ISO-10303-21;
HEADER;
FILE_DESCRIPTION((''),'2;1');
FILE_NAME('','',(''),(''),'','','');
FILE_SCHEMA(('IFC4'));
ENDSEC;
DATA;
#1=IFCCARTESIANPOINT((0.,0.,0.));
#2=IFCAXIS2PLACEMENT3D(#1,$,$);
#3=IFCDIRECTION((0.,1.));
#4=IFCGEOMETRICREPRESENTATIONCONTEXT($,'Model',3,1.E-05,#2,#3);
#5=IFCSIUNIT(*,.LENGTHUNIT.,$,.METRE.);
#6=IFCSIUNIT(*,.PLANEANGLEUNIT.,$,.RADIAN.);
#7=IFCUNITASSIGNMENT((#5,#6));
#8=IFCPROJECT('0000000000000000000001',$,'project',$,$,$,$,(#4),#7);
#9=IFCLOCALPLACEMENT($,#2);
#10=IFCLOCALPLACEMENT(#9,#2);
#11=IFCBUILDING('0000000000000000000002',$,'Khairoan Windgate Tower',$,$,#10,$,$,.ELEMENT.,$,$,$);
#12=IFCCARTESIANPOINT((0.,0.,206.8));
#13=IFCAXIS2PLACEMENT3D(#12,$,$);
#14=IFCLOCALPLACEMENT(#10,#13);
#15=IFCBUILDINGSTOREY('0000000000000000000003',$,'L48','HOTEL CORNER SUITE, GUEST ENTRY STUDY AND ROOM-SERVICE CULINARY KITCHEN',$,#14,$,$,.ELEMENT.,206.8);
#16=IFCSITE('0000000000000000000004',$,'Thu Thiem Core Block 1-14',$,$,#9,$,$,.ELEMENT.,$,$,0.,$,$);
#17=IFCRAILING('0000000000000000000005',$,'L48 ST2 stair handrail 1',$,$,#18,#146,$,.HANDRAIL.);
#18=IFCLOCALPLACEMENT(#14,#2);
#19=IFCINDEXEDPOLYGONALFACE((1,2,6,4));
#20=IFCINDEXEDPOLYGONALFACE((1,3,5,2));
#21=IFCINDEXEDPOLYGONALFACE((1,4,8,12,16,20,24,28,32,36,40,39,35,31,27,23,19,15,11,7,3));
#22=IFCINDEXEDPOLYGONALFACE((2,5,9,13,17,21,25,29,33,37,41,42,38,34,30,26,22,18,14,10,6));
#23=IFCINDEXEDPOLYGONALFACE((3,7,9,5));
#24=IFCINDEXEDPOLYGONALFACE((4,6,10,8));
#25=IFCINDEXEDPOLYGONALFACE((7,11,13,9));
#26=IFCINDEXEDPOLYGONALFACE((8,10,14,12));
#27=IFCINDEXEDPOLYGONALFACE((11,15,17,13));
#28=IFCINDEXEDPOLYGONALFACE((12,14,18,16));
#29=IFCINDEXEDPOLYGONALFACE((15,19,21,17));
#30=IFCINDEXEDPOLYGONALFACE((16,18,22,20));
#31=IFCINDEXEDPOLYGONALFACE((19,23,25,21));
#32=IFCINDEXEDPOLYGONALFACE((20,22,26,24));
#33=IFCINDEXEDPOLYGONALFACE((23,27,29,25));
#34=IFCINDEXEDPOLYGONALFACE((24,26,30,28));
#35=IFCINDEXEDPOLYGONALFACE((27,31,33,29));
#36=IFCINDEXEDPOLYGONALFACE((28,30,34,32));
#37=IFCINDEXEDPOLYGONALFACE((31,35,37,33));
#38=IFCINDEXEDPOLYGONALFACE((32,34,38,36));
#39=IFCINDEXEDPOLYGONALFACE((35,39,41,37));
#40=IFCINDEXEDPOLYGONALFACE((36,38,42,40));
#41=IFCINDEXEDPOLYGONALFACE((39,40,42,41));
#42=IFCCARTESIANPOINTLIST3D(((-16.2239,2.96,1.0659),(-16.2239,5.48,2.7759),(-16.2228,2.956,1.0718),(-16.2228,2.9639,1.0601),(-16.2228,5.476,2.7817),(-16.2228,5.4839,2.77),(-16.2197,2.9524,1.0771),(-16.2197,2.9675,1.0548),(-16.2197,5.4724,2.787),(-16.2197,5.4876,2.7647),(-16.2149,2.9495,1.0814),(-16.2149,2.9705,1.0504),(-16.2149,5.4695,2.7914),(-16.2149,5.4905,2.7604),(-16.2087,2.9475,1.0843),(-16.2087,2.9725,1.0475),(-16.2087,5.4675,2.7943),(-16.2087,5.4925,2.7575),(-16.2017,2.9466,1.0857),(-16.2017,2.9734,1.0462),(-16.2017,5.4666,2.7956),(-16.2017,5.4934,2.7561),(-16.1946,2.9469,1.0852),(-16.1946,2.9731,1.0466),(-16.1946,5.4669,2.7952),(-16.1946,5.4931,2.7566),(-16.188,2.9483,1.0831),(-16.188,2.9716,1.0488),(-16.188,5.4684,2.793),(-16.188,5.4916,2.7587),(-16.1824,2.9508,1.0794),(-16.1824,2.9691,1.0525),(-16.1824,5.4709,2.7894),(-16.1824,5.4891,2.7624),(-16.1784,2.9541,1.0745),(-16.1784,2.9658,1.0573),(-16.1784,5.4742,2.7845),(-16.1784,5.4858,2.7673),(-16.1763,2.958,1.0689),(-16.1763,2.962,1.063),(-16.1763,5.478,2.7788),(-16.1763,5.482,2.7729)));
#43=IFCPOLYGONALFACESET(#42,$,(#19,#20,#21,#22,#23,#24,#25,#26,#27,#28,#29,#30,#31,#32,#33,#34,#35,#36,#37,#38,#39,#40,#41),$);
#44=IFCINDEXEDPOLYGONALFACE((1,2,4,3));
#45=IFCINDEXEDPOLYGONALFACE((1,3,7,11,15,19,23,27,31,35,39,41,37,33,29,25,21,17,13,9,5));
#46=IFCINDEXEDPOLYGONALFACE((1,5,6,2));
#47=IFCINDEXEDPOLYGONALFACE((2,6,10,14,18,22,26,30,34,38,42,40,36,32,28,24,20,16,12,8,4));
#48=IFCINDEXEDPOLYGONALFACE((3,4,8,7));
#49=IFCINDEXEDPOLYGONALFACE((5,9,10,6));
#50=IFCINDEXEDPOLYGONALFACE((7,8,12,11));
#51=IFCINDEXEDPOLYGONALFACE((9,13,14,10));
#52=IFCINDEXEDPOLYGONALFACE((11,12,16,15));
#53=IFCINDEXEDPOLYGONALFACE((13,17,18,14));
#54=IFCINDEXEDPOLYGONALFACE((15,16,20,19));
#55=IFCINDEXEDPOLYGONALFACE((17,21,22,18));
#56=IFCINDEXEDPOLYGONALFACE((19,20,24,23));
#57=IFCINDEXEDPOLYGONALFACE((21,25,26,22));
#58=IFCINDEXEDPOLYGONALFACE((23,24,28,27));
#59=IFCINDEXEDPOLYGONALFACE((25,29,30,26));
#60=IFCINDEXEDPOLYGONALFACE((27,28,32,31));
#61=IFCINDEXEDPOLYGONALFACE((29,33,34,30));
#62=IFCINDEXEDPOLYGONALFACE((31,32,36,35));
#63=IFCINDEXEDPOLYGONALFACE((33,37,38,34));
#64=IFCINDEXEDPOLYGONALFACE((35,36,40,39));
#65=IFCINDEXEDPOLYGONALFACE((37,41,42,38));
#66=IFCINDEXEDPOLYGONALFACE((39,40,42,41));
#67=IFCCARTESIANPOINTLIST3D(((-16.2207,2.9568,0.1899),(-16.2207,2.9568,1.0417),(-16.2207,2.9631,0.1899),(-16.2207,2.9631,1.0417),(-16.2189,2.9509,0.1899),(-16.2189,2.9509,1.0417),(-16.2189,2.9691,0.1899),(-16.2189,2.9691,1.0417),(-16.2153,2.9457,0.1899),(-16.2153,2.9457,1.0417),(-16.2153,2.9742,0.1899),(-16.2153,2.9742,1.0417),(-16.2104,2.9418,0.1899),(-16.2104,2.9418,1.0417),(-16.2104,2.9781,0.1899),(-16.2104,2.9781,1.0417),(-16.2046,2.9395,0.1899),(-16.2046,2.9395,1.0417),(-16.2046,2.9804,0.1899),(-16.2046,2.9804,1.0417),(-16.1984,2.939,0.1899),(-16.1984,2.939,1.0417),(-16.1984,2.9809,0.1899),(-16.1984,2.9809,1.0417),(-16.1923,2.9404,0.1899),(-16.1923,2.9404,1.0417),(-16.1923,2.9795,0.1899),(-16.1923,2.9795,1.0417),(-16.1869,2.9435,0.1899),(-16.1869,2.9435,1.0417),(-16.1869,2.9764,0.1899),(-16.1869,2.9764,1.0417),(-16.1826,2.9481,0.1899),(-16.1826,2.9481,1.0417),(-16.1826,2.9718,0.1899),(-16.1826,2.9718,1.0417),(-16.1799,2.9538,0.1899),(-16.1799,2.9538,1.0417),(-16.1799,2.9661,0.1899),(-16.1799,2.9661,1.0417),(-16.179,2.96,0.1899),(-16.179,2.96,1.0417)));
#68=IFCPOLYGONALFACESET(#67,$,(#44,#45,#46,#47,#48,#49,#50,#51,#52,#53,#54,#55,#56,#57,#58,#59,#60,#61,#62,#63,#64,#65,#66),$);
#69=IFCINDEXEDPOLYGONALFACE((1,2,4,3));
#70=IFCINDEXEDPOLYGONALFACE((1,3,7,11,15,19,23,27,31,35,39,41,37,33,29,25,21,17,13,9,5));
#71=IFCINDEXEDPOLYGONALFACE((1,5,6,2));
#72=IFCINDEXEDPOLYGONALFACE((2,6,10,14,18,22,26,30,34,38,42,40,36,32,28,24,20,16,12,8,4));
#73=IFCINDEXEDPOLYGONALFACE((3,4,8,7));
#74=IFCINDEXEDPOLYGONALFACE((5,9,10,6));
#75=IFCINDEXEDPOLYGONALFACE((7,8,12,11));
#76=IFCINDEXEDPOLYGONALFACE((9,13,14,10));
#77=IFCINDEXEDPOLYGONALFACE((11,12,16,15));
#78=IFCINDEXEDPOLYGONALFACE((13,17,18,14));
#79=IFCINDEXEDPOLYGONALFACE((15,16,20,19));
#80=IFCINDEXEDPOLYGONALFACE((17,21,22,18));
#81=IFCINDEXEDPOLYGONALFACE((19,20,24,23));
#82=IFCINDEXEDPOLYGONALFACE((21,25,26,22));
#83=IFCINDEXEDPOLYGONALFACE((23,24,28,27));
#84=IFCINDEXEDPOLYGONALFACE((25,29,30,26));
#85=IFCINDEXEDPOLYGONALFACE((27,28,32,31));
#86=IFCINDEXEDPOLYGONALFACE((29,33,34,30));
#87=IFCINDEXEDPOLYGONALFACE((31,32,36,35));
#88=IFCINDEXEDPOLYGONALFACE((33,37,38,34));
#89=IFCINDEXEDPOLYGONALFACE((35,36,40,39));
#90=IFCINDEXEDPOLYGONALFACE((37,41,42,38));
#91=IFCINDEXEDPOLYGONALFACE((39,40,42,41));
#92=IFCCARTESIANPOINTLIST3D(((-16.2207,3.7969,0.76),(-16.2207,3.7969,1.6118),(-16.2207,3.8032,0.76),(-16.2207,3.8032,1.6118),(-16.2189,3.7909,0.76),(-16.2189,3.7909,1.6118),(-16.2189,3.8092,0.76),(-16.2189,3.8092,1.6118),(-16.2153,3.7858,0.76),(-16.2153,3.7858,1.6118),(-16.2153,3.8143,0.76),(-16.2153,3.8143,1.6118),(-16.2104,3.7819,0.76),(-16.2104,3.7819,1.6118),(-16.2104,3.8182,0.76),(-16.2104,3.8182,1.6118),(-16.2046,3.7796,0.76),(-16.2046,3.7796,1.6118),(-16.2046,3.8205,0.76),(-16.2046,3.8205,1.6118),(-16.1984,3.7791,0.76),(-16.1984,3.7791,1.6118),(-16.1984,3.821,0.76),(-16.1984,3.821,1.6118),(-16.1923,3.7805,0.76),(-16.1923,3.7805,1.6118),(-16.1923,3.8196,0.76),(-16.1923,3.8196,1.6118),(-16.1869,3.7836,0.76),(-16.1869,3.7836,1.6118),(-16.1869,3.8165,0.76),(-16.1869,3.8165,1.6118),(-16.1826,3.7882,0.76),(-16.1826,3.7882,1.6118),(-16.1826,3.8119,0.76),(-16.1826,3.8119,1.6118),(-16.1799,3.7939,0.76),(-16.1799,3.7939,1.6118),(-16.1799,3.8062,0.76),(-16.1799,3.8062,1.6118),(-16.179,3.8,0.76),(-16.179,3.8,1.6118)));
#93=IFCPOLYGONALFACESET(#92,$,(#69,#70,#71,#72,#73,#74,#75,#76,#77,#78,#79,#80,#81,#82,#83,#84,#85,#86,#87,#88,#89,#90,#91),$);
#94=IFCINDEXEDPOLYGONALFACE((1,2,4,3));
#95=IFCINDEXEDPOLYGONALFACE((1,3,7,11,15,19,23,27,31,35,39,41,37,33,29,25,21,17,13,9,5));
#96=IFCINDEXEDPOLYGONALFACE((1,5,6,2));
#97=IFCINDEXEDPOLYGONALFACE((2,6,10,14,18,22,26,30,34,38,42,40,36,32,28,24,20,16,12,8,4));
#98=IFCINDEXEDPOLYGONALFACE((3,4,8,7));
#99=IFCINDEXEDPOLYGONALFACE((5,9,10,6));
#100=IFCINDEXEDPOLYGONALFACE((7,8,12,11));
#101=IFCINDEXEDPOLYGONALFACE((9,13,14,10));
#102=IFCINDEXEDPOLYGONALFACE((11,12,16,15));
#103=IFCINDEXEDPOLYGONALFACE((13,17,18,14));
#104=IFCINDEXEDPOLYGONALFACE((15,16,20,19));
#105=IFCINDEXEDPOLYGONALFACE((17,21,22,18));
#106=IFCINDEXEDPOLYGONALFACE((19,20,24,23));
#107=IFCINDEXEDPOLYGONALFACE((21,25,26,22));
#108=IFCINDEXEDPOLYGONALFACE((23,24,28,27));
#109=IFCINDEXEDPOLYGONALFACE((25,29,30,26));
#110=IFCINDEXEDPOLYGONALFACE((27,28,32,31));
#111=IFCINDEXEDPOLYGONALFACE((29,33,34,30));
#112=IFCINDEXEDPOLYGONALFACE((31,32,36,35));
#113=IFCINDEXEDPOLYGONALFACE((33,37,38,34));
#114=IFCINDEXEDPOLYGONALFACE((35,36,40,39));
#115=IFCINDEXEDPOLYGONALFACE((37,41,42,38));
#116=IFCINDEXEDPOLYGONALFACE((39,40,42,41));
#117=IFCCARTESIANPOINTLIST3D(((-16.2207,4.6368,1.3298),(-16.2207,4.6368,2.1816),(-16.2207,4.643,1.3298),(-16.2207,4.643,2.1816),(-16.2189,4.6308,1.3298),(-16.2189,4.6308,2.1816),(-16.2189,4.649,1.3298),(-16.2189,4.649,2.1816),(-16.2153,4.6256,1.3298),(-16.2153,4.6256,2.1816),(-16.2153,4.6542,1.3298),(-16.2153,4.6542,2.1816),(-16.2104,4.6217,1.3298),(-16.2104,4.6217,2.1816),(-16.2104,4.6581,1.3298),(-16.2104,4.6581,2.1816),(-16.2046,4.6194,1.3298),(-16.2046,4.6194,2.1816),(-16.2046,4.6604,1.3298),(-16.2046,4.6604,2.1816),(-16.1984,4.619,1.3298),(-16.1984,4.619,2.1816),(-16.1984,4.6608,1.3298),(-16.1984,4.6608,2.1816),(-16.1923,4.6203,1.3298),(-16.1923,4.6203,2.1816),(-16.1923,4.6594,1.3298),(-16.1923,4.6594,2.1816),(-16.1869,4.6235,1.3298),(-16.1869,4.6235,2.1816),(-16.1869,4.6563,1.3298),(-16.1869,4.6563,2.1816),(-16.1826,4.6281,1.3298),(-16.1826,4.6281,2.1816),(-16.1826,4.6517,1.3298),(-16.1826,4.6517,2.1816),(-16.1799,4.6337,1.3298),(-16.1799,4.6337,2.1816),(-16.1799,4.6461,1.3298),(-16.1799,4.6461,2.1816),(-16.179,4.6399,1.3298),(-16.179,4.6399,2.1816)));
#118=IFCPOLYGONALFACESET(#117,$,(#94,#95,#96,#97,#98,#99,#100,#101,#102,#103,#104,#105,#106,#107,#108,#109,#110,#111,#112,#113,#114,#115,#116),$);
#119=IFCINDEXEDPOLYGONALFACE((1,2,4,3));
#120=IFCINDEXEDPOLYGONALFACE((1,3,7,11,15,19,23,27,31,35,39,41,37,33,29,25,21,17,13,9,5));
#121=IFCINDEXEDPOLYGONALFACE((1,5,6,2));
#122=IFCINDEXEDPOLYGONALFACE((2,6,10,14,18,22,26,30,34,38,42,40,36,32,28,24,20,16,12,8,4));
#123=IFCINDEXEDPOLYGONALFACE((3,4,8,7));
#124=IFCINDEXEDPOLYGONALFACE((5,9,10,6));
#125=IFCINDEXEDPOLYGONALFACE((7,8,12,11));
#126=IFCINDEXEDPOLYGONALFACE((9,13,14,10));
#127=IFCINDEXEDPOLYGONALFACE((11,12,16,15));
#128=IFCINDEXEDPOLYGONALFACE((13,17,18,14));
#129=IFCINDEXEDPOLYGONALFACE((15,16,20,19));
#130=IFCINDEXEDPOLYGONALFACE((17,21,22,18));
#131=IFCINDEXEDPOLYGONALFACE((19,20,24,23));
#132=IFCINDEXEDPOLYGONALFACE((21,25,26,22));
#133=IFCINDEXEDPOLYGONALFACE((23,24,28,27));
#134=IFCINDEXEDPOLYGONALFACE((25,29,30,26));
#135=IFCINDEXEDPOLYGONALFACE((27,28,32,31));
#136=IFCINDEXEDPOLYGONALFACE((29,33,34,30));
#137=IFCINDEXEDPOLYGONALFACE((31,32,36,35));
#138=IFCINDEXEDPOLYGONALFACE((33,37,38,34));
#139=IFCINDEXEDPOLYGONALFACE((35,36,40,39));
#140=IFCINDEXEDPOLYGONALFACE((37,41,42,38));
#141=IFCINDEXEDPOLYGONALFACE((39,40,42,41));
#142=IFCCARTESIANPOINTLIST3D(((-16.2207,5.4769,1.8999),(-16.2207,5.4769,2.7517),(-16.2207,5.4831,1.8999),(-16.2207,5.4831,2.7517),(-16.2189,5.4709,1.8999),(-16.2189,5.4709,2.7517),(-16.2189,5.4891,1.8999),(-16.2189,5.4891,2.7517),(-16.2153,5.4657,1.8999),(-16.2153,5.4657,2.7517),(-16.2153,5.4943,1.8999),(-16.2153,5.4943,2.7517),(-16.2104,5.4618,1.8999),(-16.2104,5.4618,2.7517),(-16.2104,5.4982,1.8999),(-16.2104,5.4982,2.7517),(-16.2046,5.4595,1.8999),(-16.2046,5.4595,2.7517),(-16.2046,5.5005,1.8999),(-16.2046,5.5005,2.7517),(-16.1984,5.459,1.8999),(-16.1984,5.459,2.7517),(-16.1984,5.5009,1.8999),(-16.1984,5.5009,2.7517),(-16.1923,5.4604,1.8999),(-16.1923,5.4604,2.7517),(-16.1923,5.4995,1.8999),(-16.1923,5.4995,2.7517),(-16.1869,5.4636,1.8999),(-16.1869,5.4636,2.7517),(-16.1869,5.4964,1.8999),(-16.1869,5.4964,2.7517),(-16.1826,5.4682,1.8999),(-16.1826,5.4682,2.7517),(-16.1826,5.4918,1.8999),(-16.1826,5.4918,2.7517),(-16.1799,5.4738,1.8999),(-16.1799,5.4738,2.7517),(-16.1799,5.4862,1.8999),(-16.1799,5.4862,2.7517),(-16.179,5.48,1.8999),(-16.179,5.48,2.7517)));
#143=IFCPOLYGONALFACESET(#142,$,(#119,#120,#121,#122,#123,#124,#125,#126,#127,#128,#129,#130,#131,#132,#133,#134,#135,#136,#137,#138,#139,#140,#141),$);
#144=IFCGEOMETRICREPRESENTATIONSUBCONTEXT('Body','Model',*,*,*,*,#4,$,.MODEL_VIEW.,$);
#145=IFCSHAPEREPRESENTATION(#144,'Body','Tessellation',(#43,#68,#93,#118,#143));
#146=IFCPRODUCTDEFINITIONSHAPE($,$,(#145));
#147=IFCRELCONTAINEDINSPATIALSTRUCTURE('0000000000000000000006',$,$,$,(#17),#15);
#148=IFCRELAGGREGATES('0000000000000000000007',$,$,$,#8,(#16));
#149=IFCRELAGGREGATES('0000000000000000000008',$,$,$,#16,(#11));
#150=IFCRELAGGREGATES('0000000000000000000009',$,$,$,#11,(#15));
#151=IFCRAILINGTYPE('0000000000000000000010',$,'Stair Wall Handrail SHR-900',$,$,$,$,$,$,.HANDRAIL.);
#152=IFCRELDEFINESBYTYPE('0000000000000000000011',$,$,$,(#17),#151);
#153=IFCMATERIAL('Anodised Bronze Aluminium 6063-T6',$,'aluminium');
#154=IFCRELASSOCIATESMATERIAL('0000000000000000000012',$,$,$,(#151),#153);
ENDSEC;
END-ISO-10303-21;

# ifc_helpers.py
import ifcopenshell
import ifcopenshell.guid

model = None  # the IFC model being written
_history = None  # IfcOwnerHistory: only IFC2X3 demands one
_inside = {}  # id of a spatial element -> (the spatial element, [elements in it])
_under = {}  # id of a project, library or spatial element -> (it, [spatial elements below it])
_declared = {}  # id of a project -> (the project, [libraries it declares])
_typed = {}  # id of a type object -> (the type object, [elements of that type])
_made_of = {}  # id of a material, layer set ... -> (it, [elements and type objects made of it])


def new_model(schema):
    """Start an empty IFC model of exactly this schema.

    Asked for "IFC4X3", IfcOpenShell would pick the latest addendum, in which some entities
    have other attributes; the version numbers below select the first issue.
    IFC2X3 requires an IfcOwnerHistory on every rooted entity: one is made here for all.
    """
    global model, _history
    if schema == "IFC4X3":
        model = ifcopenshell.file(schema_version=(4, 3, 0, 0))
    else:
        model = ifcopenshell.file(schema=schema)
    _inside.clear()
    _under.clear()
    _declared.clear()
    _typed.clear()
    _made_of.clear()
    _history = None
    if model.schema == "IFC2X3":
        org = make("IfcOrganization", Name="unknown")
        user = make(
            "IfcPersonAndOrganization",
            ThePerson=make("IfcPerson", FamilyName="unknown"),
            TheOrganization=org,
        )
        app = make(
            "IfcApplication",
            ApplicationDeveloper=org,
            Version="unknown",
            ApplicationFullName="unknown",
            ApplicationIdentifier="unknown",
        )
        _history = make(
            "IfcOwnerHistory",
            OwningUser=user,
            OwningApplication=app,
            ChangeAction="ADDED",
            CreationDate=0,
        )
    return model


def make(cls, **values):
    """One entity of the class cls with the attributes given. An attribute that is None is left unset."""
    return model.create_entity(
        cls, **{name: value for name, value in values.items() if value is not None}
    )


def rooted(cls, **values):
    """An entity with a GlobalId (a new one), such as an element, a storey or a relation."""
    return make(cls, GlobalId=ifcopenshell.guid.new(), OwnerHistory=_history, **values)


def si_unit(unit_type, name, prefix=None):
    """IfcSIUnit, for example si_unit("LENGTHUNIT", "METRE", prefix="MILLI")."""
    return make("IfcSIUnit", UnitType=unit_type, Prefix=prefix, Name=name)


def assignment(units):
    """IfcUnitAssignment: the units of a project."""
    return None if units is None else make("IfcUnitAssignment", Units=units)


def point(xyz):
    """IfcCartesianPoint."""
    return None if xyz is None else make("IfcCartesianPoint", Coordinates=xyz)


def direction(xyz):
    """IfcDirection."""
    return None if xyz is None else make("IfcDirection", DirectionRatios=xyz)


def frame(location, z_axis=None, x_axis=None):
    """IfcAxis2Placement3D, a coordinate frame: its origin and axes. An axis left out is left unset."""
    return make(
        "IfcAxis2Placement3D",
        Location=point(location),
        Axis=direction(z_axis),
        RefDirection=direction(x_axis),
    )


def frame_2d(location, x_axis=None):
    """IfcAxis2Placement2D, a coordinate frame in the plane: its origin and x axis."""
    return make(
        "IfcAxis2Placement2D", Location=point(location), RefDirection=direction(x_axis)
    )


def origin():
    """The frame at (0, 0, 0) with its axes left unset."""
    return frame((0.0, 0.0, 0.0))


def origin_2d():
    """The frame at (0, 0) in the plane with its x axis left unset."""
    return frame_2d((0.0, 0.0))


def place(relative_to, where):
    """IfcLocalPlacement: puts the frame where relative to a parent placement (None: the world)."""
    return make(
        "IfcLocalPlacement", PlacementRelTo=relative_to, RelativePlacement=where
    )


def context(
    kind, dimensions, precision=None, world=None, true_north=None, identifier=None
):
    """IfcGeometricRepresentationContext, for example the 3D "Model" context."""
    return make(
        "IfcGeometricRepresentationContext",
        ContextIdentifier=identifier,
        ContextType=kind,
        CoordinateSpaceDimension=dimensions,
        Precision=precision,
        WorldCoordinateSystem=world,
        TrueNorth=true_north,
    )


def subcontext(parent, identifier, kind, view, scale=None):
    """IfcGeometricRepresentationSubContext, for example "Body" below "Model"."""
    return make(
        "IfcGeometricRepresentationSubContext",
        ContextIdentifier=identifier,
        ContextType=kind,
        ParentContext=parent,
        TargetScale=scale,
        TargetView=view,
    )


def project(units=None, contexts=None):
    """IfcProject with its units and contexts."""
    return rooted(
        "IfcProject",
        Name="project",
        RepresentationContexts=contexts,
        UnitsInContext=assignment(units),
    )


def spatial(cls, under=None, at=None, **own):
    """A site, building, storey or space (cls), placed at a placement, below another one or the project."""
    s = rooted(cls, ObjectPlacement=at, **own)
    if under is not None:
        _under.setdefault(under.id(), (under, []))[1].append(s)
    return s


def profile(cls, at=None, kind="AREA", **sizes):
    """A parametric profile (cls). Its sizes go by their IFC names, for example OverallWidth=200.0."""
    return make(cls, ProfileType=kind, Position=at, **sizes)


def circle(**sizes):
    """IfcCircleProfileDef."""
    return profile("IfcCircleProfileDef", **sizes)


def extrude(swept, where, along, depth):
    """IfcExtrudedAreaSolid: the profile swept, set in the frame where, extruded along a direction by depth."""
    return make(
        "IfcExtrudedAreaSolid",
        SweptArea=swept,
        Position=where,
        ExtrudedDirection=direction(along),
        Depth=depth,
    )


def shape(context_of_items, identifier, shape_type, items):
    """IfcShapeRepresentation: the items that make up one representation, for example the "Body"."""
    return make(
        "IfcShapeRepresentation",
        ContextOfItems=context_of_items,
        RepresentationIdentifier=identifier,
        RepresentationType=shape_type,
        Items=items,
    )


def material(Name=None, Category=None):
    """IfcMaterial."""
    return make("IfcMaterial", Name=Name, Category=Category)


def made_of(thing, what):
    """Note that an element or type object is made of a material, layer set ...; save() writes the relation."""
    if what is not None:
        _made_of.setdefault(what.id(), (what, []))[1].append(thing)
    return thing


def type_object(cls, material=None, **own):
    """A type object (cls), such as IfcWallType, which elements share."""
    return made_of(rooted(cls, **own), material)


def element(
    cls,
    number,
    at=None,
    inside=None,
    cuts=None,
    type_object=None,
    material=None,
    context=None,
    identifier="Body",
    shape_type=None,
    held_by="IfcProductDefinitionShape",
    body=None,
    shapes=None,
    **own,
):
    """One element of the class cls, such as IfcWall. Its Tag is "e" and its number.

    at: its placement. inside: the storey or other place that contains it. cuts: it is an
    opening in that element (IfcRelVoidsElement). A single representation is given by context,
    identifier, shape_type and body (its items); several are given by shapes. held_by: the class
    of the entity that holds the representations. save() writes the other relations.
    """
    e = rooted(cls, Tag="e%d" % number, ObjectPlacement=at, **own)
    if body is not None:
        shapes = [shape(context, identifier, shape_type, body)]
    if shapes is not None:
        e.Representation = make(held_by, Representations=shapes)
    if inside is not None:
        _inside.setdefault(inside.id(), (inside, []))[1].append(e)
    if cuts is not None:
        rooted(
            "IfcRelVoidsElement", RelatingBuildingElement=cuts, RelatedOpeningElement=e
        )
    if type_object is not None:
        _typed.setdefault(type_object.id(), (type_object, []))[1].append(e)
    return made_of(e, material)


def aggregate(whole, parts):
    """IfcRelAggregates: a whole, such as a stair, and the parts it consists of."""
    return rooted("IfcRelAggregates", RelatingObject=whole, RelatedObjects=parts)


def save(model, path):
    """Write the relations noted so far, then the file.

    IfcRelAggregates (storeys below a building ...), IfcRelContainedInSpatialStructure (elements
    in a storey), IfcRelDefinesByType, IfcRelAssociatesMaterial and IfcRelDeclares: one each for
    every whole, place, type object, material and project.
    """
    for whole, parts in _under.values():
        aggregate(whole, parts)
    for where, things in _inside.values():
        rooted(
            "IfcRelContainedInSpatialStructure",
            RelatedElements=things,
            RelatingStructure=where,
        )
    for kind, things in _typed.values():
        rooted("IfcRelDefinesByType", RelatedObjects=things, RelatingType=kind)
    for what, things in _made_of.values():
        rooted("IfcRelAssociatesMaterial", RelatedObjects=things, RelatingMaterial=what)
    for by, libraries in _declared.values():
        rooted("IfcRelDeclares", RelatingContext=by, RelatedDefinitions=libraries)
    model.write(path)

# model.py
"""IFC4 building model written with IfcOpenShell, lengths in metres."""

from ifc_helpers import new_model, si_unit, direction, frame, origin, origin_2d, place, context, subcontext, project, spatial, circle, extrude, material, type_object, element, save


model = new_model("IFC4")

# Units and contexts
model_context = context("Model", 3, precision=1e-05, world=origin(), true_north=direction((0.0, 1.0)))
body_context = subcontext(model_context, "Body", "Model", "MODEL_VIEW")
ifc_project = project(units=[si_unit("LENGTHUNIT", "METRE"), si_unit("PLANEANGLEUNIT", "RADIAN")], contexts=[model_context])

# Site, building, storey
site_placement = place(None, origin())
site = spatial("IfcSite", under=ifc_project, at=site_placement, Name="Thu Thiem Core Block 1-14", CompositionType="ELEMENT", RefElevation=0.0)
building_placement = place(site_placement, origin())
building = spatial("IfcBuilding", under=site, at=building_placement, Name="Khairoan Windgate Tower", CompositionType="ELEMENT")
storey_placement = place(building_placement, frame((0.0, 0.0, 206.8)))
storey = spatial("IfcBuildingStorey", under=building, at=storey_placement, Name="L48", Description="HOTEL CORNER SUITE, GUEST ENTRY STUDY AND ROOM-SERVICE CULINARY KITCHEN", CompositionType="ELEMENT", Elevation=206.8)

# Railing
ifc_material_1 = material(Name="Anodised Bronze Aluminium 6063-T6", Category="aluminium")
railing_type_1 = type_object("IfcRailingType", Name="Stair Wall Handrail SHR-900", PredefinedType="HANDRAIL", material=ifc_material_1)
railing_1_placement = place(storey_placement, frame((-16.2, 2.96, 0.1899)))
element("IfcRailing", 1, at=railing_1_placement, inside=storey, type_object=railing_type_1, Name="L48 ST2 stair handrail 1", PredefinedType="HANDRAIL", context=body_context, shape_type="SweptSolid", body=[
    extrude(circle(Radius=0.0239, at=origin_2d()), frame((0.0, 0.0, 0.876), z_axis=(0.0, 0.827484, 0.56149), x_axis=(-1.0, 0.0, 0.0)), (0.0, 0.0, 1.0), 3.0454),
    extrude(circle(Radius=0.021, at=origin_2d()), origin(), (0.0, 0.0, 1.0), 0.8518),
    extrude(circle(Radius=0.021, at=origin_2d()), frame((0.0, 0.8401, 0.5701)), (0.0, 0.0, 1.0), 0.8518),
    extrude(circle(Radius=0.021, at=origin_2d()), frame((0.0, 1.6799, 1.1399)), (0.0, 0.0, 1.0), 0.8518),
    extrude(circle(Radius=0.021, at=origin_2d()), frame((0.0, 2.52, 1.71)), (0.0, 0.0, 1.0), 0.8518),
])

save(model, "model.ifc")
